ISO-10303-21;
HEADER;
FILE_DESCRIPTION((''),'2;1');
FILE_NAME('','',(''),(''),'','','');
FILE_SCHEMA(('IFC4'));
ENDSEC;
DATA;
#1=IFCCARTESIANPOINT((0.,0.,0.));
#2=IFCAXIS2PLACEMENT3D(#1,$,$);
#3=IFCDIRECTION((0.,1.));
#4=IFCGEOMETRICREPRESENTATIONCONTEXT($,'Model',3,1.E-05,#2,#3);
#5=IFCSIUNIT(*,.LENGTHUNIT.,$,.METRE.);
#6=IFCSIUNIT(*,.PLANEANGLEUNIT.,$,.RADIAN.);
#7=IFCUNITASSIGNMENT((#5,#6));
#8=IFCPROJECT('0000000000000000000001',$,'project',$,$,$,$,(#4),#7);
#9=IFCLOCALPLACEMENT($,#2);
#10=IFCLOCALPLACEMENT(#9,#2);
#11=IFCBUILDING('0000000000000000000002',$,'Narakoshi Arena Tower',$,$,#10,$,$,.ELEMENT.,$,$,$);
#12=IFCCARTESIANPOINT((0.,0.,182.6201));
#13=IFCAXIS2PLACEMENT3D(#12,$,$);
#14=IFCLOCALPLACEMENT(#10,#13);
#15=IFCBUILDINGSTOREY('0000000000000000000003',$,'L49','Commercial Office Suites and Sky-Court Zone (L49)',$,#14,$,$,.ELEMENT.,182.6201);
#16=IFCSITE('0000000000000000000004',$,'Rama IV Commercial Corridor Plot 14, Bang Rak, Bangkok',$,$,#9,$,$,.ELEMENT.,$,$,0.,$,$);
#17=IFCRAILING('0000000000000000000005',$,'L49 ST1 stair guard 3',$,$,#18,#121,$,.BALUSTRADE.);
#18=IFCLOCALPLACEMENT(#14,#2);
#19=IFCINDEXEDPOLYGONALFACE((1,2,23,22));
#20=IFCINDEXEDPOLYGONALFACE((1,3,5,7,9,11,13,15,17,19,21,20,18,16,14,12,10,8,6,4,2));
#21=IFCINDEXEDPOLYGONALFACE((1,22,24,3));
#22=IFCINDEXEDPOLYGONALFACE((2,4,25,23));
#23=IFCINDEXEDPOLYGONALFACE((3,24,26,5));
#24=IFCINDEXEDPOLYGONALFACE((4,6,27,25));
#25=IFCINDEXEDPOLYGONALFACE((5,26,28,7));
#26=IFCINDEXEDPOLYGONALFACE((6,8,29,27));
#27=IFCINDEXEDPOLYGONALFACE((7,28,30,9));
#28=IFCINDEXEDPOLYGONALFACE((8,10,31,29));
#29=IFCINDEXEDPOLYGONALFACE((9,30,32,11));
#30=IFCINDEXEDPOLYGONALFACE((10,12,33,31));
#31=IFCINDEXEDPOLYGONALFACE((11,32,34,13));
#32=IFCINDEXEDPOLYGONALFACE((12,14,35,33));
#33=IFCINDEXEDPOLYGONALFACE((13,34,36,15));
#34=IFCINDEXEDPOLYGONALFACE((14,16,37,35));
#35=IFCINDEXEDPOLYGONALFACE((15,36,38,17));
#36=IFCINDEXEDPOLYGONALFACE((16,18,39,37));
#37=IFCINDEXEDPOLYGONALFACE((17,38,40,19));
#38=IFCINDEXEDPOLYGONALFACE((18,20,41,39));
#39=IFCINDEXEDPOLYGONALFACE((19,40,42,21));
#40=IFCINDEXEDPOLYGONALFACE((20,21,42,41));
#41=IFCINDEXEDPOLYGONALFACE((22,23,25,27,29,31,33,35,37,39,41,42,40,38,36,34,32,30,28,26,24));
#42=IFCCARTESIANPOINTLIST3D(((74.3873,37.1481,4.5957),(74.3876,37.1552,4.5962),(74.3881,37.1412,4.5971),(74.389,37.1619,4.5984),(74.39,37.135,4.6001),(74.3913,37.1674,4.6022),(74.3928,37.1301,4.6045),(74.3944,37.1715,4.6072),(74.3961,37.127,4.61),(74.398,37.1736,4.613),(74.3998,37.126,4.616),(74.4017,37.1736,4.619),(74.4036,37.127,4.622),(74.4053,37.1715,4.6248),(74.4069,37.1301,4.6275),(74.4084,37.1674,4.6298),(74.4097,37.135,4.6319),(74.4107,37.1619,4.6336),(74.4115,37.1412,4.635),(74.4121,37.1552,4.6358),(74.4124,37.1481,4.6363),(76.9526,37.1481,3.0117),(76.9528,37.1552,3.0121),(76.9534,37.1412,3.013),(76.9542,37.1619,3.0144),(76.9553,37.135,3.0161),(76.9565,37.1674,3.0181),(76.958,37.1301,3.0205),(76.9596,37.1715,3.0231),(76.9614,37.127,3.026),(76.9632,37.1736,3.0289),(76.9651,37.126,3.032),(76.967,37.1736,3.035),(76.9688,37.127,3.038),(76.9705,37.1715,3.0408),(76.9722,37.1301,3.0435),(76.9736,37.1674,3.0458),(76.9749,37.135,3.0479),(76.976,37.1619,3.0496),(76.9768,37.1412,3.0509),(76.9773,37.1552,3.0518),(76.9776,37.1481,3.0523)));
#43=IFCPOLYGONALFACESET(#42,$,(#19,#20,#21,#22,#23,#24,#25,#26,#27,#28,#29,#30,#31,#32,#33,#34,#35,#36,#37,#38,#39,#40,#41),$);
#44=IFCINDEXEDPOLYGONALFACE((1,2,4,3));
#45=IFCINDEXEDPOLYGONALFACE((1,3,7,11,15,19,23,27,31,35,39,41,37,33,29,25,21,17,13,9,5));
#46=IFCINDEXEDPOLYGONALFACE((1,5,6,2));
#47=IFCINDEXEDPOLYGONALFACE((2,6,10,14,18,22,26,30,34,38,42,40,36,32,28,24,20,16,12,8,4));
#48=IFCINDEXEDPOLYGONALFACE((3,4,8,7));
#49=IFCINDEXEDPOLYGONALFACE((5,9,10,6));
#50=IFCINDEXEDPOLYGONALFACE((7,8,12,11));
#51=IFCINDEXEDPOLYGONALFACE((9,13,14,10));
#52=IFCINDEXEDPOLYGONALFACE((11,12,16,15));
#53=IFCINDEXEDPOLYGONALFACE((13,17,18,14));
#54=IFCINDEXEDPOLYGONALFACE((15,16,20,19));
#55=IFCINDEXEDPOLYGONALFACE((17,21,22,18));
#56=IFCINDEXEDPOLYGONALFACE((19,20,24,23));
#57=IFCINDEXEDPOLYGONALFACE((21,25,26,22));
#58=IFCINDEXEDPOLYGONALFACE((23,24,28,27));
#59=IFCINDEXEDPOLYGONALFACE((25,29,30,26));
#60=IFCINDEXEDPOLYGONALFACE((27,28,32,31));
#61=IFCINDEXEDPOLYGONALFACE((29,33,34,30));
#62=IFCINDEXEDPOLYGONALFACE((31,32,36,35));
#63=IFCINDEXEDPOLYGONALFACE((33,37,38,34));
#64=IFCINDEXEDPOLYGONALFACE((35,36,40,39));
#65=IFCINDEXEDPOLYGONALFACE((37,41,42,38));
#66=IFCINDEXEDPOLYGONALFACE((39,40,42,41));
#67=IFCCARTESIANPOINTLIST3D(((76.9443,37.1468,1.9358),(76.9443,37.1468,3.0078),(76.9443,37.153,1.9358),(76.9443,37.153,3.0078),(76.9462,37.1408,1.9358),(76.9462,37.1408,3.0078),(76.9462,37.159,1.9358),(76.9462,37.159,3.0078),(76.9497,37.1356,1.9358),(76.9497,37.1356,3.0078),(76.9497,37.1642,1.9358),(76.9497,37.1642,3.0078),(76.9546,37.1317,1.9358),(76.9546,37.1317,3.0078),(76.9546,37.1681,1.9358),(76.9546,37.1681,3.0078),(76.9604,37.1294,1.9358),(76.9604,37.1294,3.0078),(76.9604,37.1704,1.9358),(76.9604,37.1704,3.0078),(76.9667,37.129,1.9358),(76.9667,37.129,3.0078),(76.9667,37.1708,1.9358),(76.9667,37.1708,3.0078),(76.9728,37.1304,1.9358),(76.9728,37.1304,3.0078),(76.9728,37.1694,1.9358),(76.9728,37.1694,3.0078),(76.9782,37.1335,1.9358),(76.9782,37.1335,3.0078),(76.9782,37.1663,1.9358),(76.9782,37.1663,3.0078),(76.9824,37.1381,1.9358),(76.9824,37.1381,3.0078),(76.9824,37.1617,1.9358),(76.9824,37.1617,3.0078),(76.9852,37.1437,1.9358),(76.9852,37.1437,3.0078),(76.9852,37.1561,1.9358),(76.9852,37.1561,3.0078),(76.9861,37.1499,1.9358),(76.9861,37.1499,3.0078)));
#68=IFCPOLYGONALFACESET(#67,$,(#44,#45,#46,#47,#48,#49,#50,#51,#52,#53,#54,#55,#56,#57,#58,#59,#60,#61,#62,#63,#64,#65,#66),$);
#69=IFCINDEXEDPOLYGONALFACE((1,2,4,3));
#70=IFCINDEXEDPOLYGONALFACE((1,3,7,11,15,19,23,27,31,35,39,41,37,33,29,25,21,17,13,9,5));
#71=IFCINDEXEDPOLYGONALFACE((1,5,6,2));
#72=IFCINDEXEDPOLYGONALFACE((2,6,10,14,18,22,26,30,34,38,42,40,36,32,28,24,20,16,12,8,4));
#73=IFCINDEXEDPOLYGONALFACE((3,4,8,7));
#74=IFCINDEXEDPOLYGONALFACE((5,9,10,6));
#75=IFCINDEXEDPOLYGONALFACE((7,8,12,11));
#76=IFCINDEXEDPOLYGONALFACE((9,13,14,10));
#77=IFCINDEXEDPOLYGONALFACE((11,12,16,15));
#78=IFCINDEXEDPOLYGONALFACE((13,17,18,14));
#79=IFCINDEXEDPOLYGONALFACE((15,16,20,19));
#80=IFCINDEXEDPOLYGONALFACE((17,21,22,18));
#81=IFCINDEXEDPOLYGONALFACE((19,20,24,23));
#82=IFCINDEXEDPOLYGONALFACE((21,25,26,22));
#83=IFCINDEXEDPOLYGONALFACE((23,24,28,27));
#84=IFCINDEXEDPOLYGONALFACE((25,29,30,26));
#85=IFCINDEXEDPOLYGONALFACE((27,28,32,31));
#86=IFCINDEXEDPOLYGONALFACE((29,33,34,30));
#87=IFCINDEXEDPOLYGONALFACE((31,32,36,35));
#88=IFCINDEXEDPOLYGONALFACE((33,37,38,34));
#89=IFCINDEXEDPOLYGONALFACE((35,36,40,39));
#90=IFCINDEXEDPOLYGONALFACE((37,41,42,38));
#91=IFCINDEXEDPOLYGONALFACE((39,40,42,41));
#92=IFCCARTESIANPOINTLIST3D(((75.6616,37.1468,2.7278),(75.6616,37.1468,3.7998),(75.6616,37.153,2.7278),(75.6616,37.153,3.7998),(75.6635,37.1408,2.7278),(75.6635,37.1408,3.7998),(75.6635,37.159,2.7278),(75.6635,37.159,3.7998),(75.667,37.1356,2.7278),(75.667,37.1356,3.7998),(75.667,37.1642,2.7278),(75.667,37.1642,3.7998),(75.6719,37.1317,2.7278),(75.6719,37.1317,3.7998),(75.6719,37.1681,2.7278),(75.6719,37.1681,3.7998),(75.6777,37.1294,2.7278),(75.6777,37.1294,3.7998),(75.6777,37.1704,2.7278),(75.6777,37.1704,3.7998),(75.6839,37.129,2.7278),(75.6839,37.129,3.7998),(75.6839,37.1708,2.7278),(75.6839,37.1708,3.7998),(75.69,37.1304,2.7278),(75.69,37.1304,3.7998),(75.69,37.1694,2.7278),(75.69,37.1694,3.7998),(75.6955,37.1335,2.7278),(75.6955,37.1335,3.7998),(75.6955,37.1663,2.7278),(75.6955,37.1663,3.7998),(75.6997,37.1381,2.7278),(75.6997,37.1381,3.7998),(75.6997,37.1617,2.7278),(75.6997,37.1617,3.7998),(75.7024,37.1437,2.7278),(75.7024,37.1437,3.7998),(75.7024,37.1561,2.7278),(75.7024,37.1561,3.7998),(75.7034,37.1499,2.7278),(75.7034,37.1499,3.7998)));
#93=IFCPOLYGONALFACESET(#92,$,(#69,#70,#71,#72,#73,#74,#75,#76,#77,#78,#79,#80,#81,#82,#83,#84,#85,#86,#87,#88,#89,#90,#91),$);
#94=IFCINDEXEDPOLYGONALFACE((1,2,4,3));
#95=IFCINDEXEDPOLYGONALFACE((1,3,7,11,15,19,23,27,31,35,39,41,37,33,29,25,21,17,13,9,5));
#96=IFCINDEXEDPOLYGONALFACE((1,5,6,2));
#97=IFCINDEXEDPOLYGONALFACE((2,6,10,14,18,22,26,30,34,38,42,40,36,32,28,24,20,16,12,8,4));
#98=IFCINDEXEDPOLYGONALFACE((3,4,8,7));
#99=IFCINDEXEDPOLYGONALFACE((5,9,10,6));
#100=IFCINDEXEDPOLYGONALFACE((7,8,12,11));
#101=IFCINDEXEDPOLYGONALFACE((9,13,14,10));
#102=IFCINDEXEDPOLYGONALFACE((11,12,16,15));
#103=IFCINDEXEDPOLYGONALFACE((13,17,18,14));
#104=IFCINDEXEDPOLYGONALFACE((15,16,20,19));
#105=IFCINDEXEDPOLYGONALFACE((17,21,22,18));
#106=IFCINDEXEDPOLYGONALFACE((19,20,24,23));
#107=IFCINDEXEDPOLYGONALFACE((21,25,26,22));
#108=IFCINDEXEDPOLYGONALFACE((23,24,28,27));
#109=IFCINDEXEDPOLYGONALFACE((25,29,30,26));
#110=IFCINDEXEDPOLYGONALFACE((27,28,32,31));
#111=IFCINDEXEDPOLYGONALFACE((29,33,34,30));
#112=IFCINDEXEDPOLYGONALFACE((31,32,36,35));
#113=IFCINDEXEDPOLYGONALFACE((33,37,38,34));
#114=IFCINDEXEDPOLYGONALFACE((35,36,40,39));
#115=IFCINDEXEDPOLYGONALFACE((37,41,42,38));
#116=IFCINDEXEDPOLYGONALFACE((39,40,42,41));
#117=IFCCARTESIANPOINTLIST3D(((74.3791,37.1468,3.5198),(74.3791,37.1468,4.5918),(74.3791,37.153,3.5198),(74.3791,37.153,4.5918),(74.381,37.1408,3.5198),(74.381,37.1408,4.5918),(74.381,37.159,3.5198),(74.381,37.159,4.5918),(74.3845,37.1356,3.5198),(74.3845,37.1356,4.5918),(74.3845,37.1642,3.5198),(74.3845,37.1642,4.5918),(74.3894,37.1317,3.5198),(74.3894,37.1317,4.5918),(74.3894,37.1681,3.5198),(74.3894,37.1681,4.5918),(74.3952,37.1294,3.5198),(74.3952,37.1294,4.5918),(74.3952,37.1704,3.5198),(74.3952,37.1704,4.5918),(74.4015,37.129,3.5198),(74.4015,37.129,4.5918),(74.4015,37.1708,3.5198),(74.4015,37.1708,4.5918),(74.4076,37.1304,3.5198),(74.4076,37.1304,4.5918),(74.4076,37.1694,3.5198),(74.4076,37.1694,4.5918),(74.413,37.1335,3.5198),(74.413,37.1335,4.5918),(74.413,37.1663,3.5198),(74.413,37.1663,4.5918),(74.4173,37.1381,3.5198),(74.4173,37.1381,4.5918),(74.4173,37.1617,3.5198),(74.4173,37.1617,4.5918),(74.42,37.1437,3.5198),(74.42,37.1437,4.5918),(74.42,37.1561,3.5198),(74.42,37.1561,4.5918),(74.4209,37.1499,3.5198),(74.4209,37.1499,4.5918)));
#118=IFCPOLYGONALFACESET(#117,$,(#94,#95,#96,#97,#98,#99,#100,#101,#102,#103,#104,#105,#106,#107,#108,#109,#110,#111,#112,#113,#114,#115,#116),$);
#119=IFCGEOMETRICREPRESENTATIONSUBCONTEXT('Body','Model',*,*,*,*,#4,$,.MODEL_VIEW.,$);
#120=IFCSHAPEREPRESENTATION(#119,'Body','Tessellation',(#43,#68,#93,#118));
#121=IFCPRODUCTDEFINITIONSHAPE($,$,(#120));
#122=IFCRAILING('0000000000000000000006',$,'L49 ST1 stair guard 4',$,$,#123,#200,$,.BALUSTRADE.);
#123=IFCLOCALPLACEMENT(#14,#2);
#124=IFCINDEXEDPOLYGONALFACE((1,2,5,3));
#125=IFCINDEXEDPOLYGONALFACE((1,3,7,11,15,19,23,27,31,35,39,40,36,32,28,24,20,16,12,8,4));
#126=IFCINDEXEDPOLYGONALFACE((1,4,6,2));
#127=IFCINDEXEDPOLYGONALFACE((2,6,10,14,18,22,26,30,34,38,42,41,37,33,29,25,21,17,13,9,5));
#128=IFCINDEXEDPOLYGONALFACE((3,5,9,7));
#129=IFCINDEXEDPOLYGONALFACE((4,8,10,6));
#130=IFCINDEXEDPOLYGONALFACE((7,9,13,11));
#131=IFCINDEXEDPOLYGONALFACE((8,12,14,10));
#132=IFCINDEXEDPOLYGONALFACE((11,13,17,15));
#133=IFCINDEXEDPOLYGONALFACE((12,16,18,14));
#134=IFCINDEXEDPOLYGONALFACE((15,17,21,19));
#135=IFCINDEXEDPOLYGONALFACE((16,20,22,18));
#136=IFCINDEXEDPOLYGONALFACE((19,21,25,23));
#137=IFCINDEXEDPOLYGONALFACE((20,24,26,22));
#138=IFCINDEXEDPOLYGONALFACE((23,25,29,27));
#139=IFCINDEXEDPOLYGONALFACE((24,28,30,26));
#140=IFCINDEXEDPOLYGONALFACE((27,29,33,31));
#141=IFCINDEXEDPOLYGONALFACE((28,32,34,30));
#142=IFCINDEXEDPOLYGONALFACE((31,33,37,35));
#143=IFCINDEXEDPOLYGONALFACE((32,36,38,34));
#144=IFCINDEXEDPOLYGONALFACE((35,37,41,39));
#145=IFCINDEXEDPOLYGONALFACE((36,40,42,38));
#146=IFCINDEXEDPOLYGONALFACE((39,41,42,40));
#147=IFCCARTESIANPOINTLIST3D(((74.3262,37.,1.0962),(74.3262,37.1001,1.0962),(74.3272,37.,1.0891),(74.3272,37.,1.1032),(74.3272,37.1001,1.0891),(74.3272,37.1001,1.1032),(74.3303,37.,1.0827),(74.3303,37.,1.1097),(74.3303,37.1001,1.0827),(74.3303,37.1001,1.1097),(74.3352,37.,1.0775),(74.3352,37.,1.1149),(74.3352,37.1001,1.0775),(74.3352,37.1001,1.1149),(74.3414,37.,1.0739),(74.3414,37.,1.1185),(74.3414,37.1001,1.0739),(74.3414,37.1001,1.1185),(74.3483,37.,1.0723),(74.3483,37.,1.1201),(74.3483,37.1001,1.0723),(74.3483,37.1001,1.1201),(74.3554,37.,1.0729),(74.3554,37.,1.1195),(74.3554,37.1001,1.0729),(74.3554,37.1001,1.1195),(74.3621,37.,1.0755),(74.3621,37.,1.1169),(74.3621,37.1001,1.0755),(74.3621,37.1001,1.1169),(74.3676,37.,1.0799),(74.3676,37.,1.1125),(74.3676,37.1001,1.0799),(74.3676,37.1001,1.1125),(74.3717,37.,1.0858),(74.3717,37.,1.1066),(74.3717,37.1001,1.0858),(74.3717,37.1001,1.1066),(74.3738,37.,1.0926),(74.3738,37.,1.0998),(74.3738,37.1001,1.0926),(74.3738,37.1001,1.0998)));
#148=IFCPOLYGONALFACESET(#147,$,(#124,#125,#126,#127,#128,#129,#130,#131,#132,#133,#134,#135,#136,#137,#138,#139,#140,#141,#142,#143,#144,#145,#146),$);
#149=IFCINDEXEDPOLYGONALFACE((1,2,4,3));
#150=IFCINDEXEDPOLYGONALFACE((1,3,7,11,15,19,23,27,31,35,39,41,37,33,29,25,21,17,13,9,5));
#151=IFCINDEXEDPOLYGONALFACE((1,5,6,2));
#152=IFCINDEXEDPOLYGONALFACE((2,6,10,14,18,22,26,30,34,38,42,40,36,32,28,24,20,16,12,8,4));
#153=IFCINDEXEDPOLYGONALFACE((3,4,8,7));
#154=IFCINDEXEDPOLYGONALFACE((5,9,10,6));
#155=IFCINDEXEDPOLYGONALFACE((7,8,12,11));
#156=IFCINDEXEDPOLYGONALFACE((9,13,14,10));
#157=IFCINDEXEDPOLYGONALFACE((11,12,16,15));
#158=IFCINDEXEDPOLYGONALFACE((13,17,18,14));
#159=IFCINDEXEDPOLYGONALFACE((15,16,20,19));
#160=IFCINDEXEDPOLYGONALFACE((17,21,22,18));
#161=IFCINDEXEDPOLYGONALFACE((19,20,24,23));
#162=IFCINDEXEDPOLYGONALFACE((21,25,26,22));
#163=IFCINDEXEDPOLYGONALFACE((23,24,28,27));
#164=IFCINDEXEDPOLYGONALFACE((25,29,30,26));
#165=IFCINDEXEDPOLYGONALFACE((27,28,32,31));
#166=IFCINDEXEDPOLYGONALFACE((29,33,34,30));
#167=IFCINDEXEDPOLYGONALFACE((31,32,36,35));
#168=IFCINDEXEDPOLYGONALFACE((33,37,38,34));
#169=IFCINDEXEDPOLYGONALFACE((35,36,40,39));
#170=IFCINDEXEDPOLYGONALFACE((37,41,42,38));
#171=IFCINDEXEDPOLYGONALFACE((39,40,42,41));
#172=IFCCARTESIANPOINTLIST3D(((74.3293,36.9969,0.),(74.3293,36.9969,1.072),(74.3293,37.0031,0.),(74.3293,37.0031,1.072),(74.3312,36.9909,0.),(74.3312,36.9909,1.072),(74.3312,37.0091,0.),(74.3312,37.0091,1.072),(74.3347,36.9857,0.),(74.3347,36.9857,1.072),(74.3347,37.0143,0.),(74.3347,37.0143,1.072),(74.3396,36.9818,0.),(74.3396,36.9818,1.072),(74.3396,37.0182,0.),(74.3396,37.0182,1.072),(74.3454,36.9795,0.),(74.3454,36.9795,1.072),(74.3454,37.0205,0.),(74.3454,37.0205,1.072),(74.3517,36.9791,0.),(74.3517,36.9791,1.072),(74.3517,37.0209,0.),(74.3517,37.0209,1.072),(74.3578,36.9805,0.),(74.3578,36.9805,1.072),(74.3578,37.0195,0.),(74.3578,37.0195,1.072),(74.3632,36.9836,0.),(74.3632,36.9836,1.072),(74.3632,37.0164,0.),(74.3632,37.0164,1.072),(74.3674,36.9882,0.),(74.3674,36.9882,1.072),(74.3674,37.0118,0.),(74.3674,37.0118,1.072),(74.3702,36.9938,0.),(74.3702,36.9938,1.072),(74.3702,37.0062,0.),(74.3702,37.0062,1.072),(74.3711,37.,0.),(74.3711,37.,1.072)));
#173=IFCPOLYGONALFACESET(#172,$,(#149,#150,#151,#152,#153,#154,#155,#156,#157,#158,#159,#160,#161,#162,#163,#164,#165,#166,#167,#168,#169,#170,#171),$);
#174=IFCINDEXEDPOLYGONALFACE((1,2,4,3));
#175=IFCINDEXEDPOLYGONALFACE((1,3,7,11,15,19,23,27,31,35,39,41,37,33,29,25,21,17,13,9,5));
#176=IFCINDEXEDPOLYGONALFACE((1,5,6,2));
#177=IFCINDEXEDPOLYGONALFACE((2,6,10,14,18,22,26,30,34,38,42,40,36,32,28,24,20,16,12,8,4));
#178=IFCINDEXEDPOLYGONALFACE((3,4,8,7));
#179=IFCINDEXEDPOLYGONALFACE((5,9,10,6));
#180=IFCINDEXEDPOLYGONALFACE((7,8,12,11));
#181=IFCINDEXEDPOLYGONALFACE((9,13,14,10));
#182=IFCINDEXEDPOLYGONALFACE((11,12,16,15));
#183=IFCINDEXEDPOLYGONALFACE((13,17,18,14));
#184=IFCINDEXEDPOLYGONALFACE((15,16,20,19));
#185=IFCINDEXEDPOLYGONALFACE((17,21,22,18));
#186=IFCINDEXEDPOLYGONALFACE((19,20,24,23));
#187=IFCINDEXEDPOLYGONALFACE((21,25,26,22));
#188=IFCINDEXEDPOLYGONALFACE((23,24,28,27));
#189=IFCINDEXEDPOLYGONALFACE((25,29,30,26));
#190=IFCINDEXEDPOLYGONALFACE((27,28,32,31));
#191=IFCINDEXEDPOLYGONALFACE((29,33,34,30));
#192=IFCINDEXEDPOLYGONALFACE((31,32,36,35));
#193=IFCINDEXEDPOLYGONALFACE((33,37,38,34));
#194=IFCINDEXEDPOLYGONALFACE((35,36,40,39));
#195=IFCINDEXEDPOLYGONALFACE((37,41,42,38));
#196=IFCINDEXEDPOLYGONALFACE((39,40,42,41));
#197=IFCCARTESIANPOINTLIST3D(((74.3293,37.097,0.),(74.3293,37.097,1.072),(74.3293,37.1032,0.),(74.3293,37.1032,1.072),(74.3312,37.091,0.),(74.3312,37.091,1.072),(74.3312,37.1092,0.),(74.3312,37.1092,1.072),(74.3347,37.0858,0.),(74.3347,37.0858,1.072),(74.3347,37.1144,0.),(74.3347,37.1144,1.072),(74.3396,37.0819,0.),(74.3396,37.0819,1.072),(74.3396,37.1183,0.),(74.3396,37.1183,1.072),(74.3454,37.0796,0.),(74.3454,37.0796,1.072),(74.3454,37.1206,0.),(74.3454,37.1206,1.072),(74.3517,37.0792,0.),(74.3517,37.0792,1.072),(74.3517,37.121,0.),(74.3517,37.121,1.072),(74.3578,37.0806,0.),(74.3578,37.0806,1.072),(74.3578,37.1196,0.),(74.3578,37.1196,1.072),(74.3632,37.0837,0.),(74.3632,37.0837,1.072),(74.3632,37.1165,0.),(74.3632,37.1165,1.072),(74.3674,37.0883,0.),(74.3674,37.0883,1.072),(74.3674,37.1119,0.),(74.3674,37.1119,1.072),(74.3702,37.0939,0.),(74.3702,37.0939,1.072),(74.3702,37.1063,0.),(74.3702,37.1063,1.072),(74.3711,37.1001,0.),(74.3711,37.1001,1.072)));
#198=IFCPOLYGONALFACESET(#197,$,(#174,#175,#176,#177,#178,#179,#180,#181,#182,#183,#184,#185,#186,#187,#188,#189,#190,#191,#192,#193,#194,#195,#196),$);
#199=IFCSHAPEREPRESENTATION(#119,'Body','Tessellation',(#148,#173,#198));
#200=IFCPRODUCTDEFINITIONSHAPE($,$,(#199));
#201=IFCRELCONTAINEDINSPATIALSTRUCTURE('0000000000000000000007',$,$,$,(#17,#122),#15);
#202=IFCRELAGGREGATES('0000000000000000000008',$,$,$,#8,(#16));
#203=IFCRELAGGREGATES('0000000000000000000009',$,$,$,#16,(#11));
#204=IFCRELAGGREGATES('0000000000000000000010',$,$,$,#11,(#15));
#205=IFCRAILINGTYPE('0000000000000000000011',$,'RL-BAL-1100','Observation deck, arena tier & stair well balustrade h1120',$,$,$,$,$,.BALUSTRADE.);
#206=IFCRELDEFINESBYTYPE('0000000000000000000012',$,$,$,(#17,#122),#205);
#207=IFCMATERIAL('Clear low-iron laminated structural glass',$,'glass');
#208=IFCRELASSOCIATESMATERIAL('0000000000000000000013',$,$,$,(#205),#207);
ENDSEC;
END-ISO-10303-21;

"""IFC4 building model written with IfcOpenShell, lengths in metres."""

from ifc_helpers import new_model, si_unit, direction, frame, origin, origin_2d, place, context, subcontext, project, spatial, circle, extrude, material, type_object, element, save


model = new_model("IFC4")

# Units and contexts
model_context = context("Model", 3, precision=1e-05, world=origin(), true_north=direction((0.0, 1.0)))
body_context = subcontext(model_context, "Body", "Model", "MODEL_VIEW")
ifc_project = project(units=[si_unit("LENGTHUNIT", "METRE"), si_unit("PLANEANGLEUNIT", "RADIAN")], contexts=[model_context])

# Site, building, storey
site_placement = place(None, origin())
site = spatial("IfcSite", under=ifc_project, at=site_placement, Name="Rama IV Commercial Corridor Plot 14, Bang Rak, Bangkok", CompositionType="ELEMENT", RefElevation=0.0)
building_placement = place(site_placement, origin())
building = spatial("IfcBuilding", under=site, at=building_placement, Name="Narakoshi Arena Tower", CompositionType="ELEMENT")
storey_placement = place(building_placement, frame((0.0, 0.0, 182.6201)))
storey = spatial("IfcBuildingStorey", under=building, at=storey_placement, Name="L49", Description="Commercial Office Suites and Sky-Court Zone (L49)", CompositionType="ELEMENT", Elevation=182.6201)

# Railings
ifc_material_1 = material(Name="Clear low-iron laminated structural glass", Category="glass")
railing_type_1 = type_object("IfcRailingType", Name="RL-BAL-1100", Description="Observation deck, arena tier & stair well balustrade h1120", PredefinedType="BALUSTRADE", material=ifc_material_1)
railing_1_placement = place(storey_placement, frame((76.9651, 37.1499, 1.9358)))
element("IfcRailing", 1, at=railing_1_placement, inside=storey, type_object=railing_type_1, Name="L49 ST1 stair guard 3", PredefinedType="BALUSTRADE", context=body_context, shape_type="SweptSolid", body=[
    extrude(circle(Radius=0.0239, at=origin_2d()), frame((0.0, 0.0, 1.0962), z_axis=(-0.850857, 0.0, 0.525398), x_axis=(0.0, -1.0, 0.0)), (0.0, 0.0, 1.0), 3.0149),
    extrude(circle(Radius=0.021, at=origin_2d()), origin(), (0.0, 0.0, 1.0), 1.072),
    extrude(circle(Radius=0.021, at=origin_2d()), frame((-1.2827, 0.0, 0.792)), (0.0, 0.0, 1.0), 1.072),
    extrude(circle(Radius=0.021, at=origin_2d()), frame((-2.5652, 0.0, 1.584)), (0.0, 0.0, 1.0), 1.072),
])
railing_2_placement = place(storey_placement, frame((74.3501, 37.0, 0.0)))
element("IfcRailing", 2, at=railing_2_placement, inside=storey, type_object=railing_type_1, Name="L49 ST1 stair guard 4", PredefinedType="BALUSTRADE", context=body_context, shape_type="SweptSolid", body=[
    extrude(circle(Radius=0.0239, at=origin_2d()), frame((0.0, 0.0, 1.0962), z_axis=(0.0, 1.0, 0.0), x_axis=(-1.0, 0.0, 0.0)), (0.0, 0.0, 1.0), 0.1001),
    extrude(circle(Radius=0.021, at=origin_2d()), origin(), (0.0, 0.0, 1.0), 1.072),
    extrude(circle(Radius=0.021, at=origin_2d()), frame((0.0, 0.1001, 0.0)), (0.0, 0.0, 1.0), 1.072),
])

save(model, "model.ifc")
